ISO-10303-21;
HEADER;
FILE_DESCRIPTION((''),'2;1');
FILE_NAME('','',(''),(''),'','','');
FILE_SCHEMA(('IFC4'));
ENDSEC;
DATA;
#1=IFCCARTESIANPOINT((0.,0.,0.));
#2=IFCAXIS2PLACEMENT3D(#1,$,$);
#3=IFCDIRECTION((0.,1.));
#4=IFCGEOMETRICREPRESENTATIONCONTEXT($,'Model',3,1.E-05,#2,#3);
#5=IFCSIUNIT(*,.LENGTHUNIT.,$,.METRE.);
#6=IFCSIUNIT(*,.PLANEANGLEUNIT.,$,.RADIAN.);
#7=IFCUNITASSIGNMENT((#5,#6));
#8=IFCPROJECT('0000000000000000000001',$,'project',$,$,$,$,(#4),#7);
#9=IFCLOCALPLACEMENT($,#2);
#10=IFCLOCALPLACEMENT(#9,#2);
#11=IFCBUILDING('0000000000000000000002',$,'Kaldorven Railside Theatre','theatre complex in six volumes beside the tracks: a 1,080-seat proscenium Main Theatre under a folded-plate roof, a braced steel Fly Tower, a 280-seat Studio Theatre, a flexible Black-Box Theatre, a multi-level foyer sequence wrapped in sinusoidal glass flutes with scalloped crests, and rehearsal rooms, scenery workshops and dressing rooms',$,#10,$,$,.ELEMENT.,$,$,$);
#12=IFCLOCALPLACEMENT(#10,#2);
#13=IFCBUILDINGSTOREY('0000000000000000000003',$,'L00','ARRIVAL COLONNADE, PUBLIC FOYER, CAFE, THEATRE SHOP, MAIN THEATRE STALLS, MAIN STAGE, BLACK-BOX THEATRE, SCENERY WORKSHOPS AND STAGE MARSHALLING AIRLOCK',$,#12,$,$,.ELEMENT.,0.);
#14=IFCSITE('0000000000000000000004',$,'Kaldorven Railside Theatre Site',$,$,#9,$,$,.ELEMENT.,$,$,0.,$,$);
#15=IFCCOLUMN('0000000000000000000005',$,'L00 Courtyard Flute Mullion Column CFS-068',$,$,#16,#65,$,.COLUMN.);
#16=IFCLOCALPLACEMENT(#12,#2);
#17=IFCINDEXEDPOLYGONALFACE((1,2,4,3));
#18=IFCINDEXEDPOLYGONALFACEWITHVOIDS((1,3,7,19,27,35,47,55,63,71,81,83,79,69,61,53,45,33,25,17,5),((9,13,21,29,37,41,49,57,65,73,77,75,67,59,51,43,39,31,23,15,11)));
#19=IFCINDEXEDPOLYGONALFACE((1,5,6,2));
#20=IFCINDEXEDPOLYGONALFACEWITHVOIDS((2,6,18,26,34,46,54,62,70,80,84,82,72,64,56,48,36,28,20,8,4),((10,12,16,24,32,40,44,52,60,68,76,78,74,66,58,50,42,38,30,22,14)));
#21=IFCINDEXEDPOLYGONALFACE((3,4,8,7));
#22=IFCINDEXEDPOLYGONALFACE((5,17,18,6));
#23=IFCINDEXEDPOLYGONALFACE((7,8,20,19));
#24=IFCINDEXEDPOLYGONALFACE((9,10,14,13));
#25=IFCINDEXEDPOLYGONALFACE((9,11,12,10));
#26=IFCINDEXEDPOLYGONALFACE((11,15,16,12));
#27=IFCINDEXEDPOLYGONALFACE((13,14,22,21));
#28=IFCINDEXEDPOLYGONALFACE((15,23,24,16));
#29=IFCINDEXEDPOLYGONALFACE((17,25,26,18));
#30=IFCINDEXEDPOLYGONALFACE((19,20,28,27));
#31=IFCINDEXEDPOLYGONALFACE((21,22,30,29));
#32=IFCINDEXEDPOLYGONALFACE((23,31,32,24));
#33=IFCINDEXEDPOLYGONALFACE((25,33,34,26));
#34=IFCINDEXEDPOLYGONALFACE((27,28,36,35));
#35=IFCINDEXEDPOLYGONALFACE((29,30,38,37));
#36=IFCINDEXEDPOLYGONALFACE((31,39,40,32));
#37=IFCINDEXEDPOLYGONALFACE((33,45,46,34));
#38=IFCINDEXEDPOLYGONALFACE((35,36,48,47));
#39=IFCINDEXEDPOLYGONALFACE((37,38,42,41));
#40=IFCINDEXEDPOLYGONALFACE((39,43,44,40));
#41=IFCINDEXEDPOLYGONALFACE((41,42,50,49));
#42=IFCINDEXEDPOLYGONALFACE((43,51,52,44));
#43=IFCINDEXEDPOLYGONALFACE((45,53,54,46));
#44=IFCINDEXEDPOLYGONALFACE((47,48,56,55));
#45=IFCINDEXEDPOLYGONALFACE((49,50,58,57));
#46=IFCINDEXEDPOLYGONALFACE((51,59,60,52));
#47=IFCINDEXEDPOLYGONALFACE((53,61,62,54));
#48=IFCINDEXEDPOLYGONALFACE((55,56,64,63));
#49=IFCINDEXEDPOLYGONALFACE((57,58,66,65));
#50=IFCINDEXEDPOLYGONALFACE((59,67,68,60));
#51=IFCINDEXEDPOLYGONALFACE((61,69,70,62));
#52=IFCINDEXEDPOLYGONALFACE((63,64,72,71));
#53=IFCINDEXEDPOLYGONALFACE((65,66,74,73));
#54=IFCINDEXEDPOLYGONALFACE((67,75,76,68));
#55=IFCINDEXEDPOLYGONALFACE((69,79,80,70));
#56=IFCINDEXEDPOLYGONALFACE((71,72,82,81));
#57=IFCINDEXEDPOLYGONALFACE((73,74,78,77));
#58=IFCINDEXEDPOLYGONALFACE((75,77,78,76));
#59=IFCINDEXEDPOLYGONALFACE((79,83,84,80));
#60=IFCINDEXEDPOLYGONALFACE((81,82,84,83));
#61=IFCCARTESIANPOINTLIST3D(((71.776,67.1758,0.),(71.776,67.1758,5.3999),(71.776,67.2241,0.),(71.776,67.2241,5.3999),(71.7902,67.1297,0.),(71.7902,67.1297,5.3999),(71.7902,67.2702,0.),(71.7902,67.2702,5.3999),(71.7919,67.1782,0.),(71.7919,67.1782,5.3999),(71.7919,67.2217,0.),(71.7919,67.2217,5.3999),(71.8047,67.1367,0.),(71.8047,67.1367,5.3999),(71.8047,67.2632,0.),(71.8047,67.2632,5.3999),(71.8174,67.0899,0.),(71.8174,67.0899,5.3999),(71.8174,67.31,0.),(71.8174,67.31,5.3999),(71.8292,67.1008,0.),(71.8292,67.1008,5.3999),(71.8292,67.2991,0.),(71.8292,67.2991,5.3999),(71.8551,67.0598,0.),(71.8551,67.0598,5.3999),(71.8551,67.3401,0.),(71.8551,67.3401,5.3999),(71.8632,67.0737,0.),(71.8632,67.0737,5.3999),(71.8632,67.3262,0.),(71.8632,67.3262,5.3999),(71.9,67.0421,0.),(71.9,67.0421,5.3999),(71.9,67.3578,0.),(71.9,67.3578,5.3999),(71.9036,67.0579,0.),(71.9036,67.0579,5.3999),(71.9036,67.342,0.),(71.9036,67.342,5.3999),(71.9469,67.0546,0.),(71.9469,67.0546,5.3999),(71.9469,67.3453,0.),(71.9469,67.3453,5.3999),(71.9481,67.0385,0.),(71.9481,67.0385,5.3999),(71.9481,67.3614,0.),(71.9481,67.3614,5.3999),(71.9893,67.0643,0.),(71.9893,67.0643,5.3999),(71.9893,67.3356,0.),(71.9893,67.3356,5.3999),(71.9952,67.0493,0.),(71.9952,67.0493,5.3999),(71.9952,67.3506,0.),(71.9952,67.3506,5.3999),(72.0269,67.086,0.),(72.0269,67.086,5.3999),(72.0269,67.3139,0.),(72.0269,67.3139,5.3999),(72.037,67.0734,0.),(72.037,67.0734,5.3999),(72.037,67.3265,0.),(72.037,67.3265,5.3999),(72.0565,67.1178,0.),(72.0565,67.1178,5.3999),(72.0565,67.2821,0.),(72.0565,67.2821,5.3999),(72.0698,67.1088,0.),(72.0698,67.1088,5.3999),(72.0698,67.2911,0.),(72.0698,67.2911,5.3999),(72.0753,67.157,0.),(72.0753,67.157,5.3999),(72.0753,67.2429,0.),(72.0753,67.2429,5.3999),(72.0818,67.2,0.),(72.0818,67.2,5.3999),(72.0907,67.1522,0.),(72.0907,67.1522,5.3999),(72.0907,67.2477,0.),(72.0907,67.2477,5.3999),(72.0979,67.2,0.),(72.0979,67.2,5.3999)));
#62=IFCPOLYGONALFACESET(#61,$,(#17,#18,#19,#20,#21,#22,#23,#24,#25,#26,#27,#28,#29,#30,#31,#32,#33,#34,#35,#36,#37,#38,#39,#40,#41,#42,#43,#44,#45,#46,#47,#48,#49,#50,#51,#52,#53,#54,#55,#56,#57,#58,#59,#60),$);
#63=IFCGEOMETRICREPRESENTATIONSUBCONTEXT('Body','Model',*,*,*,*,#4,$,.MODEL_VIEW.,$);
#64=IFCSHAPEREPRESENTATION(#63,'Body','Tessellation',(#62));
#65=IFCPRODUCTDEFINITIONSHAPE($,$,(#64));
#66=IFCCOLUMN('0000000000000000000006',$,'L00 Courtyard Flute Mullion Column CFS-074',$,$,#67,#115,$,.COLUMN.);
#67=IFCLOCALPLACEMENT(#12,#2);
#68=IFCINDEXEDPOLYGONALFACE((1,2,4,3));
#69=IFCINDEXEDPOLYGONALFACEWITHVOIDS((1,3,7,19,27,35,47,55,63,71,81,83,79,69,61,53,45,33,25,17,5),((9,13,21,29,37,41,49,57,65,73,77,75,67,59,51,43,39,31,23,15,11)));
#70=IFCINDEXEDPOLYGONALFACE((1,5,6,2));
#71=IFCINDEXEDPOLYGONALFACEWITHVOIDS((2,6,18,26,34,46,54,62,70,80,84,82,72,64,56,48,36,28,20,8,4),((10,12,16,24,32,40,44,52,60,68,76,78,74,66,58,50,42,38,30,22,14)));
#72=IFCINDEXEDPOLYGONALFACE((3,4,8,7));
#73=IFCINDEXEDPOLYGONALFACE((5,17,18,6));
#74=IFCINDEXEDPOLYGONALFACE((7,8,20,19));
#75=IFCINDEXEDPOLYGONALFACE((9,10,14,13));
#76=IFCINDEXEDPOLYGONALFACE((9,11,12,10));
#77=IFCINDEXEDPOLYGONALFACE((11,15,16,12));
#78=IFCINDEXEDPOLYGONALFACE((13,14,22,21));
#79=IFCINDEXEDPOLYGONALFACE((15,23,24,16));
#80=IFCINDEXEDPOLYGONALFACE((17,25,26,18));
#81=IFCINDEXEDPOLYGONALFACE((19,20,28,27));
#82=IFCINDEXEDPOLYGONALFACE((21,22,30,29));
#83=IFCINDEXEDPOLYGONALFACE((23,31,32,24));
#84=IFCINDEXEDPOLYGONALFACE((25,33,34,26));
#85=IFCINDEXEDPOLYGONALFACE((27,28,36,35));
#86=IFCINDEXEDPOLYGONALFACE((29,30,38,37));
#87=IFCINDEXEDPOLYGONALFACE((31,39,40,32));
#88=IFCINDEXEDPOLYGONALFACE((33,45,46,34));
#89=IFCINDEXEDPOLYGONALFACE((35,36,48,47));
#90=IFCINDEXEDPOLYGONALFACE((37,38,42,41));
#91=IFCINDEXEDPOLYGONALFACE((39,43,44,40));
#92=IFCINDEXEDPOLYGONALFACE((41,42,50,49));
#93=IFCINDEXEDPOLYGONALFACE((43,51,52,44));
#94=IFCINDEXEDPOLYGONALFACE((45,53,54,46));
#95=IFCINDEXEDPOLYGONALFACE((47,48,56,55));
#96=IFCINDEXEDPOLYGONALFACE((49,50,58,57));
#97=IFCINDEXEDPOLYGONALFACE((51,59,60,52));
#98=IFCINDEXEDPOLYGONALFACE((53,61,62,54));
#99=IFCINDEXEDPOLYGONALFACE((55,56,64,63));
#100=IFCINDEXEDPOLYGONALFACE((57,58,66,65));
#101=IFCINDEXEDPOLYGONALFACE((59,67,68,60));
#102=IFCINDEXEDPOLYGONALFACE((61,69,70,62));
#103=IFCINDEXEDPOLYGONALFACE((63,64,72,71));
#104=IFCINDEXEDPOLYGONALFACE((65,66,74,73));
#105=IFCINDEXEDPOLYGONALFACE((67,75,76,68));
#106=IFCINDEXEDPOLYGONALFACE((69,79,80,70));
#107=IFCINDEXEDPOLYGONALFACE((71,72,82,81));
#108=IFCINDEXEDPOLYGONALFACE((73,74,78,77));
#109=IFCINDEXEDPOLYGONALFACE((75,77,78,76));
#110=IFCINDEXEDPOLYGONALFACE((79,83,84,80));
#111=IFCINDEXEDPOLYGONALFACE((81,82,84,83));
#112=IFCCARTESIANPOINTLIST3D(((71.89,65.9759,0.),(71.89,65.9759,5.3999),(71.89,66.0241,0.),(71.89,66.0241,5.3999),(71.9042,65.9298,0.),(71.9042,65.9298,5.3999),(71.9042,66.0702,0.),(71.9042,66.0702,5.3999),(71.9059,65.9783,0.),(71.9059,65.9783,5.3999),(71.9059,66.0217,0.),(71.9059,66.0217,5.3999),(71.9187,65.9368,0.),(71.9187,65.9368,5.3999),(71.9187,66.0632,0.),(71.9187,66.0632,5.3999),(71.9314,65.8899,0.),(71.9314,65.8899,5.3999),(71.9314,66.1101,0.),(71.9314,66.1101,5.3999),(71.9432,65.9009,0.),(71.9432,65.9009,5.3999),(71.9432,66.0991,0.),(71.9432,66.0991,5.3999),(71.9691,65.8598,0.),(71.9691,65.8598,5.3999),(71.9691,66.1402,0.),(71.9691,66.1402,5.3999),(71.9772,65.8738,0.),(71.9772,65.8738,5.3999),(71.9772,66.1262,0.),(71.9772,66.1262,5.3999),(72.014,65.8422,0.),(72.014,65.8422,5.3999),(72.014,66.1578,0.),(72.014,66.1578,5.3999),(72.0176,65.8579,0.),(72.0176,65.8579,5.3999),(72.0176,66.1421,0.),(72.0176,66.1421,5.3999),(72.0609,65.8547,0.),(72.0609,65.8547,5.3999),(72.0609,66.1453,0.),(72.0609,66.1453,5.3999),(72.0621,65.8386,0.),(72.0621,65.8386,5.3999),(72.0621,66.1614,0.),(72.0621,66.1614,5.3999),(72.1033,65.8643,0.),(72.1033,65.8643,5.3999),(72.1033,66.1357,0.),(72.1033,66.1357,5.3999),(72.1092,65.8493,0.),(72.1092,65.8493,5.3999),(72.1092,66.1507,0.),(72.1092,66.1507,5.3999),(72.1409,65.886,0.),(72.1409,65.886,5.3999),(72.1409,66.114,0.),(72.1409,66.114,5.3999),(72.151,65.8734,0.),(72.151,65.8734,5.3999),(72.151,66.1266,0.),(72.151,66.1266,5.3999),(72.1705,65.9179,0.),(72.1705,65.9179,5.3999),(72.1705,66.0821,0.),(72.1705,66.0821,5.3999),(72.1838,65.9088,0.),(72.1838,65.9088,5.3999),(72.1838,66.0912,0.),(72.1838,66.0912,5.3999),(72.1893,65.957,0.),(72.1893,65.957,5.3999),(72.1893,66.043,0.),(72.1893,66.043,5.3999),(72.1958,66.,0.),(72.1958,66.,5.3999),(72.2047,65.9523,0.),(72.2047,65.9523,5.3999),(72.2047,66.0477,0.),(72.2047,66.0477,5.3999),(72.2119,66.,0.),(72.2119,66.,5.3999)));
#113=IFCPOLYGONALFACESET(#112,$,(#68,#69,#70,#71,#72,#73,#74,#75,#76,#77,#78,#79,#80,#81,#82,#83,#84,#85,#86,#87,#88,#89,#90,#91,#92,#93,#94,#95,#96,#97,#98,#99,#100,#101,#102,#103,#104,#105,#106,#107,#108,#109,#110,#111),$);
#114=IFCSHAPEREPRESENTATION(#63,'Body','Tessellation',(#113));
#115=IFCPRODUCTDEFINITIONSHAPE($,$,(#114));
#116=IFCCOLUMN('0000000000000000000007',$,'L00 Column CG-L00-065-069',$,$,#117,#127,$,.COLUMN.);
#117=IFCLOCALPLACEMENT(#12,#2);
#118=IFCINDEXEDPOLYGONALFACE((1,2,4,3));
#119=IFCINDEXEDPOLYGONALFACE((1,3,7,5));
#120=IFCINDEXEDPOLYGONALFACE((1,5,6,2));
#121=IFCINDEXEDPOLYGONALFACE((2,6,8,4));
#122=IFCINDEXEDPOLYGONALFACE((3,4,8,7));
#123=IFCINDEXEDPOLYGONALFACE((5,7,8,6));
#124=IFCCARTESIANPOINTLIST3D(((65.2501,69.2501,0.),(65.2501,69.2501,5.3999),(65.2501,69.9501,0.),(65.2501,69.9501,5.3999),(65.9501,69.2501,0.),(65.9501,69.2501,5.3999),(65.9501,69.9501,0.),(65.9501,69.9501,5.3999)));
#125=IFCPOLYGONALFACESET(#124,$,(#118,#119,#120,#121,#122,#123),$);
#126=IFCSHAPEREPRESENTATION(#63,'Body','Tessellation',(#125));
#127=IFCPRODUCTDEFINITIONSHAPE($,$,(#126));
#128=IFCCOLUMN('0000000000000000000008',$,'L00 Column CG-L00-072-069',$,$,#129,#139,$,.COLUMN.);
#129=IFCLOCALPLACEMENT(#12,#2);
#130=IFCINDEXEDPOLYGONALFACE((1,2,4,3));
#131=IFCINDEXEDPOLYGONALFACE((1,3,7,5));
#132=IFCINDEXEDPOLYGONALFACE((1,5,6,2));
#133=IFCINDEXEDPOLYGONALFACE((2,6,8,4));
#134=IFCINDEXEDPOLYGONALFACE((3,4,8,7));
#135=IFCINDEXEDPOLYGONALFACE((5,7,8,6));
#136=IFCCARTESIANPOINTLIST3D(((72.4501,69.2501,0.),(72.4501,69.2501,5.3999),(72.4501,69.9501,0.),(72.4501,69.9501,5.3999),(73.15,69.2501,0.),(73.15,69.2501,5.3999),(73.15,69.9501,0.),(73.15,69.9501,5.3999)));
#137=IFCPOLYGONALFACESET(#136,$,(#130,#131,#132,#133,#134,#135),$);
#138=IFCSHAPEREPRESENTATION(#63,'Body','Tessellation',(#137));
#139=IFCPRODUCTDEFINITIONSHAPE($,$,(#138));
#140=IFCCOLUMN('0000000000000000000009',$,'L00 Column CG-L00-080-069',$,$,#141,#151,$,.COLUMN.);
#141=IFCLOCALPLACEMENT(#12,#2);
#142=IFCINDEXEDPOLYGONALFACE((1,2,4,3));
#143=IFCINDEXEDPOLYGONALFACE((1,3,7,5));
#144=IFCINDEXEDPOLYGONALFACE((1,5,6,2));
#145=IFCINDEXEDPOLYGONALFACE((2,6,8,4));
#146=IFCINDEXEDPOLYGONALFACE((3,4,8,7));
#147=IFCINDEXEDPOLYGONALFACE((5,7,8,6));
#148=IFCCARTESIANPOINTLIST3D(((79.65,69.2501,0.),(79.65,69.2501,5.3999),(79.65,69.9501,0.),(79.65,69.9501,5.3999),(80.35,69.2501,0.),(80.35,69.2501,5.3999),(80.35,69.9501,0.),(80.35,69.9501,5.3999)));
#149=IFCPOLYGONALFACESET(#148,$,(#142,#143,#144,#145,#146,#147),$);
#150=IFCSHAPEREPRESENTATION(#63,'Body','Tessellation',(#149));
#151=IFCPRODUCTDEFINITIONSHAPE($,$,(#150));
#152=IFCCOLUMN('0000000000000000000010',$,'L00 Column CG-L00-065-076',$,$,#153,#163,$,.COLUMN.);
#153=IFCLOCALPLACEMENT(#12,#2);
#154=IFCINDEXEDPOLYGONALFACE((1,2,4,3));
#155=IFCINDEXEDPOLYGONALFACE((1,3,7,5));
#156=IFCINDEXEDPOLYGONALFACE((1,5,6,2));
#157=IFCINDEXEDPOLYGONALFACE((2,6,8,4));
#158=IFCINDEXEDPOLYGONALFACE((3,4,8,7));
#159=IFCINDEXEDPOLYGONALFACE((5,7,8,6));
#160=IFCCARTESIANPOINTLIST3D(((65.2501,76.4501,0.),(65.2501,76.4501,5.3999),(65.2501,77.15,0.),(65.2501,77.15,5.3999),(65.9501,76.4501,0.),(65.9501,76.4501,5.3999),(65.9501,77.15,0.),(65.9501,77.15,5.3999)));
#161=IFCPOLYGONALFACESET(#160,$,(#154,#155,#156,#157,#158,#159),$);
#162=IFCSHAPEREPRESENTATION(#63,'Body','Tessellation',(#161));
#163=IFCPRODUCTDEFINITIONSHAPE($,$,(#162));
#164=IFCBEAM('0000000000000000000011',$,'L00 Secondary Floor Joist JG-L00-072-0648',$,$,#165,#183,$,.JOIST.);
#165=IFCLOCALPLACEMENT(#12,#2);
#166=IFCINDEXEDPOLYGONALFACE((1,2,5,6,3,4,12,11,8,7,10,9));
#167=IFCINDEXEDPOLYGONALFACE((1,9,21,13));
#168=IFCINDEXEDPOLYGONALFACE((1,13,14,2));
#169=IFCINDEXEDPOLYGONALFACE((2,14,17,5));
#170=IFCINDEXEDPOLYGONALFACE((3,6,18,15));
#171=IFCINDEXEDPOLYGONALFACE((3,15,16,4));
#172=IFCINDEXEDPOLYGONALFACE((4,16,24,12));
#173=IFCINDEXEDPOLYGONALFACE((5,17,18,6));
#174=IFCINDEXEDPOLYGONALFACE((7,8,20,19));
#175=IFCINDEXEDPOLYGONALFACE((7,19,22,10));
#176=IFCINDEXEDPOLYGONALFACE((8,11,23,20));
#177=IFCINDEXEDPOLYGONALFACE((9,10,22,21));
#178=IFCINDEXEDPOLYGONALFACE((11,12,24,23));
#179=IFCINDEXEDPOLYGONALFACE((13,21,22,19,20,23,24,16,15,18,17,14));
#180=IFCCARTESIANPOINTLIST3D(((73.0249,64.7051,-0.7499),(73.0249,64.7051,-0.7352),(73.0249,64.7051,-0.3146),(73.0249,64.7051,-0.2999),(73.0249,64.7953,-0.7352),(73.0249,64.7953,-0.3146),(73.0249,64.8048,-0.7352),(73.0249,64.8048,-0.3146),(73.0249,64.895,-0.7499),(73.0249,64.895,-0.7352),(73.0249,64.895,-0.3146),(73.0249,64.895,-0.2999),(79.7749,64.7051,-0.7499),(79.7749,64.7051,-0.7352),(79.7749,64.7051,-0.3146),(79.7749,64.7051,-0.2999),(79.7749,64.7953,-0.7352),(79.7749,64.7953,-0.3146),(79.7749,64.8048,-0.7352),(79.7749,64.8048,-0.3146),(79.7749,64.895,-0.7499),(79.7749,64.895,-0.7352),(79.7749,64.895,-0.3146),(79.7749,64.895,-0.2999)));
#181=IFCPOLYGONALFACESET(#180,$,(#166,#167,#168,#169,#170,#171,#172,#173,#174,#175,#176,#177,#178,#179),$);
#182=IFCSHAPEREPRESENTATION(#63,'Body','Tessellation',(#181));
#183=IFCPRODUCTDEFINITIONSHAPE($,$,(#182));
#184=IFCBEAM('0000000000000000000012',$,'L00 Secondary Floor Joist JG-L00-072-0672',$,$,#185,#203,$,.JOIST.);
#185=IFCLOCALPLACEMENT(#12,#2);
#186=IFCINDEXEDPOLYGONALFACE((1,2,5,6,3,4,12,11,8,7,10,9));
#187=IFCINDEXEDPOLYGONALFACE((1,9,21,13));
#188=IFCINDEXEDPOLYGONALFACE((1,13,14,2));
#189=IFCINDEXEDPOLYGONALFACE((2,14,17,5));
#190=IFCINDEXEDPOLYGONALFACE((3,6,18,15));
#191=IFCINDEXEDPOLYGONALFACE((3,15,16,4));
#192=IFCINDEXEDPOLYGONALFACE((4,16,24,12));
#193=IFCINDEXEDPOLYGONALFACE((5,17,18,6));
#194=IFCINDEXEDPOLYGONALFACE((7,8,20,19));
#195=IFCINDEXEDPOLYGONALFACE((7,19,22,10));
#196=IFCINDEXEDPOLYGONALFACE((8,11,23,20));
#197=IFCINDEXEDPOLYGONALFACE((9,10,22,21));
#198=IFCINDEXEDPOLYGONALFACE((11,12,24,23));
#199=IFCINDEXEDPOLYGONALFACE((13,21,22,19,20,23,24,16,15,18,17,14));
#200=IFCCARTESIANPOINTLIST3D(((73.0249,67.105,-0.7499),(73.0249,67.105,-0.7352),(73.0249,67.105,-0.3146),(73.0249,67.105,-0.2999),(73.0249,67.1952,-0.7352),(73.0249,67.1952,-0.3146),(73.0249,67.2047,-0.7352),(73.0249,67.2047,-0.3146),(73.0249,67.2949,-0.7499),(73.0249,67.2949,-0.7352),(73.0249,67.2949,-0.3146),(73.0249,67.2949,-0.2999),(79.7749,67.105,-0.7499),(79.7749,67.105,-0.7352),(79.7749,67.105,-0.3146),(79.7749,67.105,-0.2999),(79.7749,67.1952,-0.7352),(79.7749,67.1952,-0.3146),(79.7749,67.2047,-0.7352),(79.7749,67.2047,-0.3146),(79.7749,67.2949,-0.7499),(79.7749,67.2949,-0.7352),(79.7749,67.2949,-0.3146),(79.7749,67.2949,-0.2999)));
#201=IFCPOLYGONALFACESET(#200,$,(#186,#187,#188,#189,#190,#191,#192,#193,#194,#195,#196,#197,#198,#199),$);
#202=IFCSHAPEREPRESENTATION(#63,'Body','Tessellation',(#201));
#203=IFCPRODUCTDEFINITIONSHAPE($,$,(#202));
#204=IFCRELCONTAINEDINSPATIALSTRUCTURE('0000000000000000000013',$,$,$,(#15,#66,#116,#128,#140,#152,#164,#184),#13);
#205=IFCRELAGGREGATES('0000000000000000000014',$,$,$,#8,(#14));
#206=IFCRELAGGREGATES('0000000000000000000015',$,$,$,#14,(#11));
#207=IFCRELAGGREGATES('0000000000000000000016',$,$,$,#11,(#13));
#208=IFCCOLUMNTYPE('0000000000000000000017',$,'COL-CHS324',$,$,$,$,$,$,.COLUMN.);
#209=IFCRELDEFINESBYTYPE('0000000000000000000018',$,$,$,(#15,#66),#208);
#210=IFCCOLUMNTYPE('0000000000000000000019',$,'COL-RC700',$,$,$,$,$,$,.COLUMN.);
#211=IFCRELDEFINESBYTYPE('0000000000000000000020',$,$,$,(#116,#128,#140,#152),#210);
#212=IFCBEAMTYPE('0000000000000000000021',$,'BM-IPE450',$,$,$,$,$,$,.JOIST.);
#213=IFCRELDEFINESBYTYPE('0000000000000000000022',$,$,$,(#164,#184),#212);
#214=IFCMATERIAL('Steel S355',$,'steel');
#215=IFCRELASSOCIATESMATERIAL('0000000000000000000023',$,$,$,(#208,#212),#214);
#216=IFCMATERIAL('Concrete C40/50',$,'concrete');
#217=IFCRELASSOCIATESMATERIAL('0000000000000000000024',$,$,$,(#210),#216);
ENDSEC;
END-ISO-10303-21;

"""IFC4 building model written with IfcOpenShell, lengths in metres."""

from ifc_helpers import new_model, si_unit, direction, frame, origin, origin_2d, place, context, subcontext, project, spatial, rectangle, hollow_circle, i_section, extrude, material, material_profile, profile_set, type_object, element, save


model = new_model("IFC4")

# Units and contexts
model_context = context("Model", 3, precision=1e-05, world=origin(), true_north=direction((0.0, 1.0)))
body_context = subcontext(model_context, "Body", "Model", "MODEL_VIEW")
ifc_project = project(units=[si_unit("LENGTHUNIT", "METRE"), si_unit("PLANEANGLEUNIT", "RADIAN")], contexts=[model_context])

# Site, building, storey
site_placement = place(None, origin())
site = spatial("IfcSite", under=ifc_project, at=site_placement, Name="Kaldorven Railside Theatre Site", CompositionType="ELEMENT", RefElevation=0.0)
building_placement = place(site_placement, origin())
building = spatial("IfcBuilding", under=site, at=building_placement, Name="Kaldorven Railside Theatre", Description="theatre complex in six volumes beside the tracks: a 1,080-seat proscenium Main Theatre under a folded-plate roof, a braced steel Fly Tower, a 280-seat Studio Theatre, a flexible Black-Box Theatre, a multi-level foyer sequence wrapped in sinusoidal glass flutes with scalloped crests, and rehearsal rooms, scenery workshops and dressing rooms", CompositionType="ELEMENT")
storey_placement = place(building_placement, origin())
storey = spatial("IfcBuildingStorey", under=building, at=storey_placement, Name="L00", Description="ARRIVAL COLONNADE, PUBLIC FOYER, CAFE, THEATRE SHOP, MAIN THEATRE STALLS, MAIN STAGE, BLACK-BOX THEATRE, SCENERY WORKSHOPS AND STAGE MARSHALLING AIRLOCK", CompositionType="ELEMENT", Elevation=0.0)

# Columns
ifc_material_1 = material(Name="Steel S355", Category="steel")
ifc_material_profile_1 = material_profile(ifc_material_1, hollow_circle(Radius=0.1619, WallThickness=0.0161, at=origin_2d()), Name="CHS 323.9x16")
ifc_profile_set_1 = profile_set([ifc_material_profile_1], Name="Steel S355")
column_type_1 = type_object("IfcColumnType", Name="COL-CHS324", PredefinedType="COLUMN", material=ifc_profile_set_1)
for number, where, z_axis, x_axis, name in (
    (1, (71.936, 67.2, 0.0), (0.0, 0.0, 1.0), (1.0, 0.0, 0.0), "L00 Courtyard Flute Mullion Column CFS-068"),
    (2, (72.05, 66.0, 0.0), (0.0, 0.0, 1.0), (1.0, 0.0, 0.0), "L00 Courtyard Flute Mullion Column CFS-074"),
):
    element("IfcColumn", number, at=place(storey_placement, frame(where, z_axis=z_axis, x_axis=x_axis)), inside=storey, type_object=column_type_1, Name=name, PredefinedType="COLUMN", context=body_context, shape_type="SweptSolid", body=[
        extrude(hollow_circle(Radius=0.1619, WallThickness=0.0161, at=origin_2d()), origin(), (0.0, 0.0, 1.0), 5.3999),
    ])
ifc_material_2 = material(Name="Concrete C40/50", Category="concrete")
ifc_material_profile_2 = material_profile(ifc_material_2, rectangle(XDim=0.7, YDim=0.7, at=origin_2d()), Name="RC 700x700")
ifc_profile_set_2 = profile_set([ifc_material_profile_2], Name="Concrete C40/50")
column_type_2 = type_object("IfcColumnType", Name="COL-RC700", PredefinedType="COLUMN", material=ifc_profile_set_2)
for number, where, z_axis, x_axis, name in (
    (3, (65.6001, 69.6001, 0.0), (0.0, 0.0, 1.0), (0.0, 1.0, 0.0), "L00 Column CG-L00-065-069"),
    (4, (72.8, 69.6001, 0.0), (0.0, 0.0, 1.0), (1.0, 0.0, 0.0), "L00 Column CG-L00-072-069"),
    (5, (80.0, 69.6001, 0.0), (0.0, 0.0, 1.0), (0.0, 1.0, 0.0), "L00 Column CG-L00-080-069"),
    (6, (65.6001, 76.8, 0.0), (0.0, 0.0, 1.0), (1.0, 0.0, 0.0), "L00 Column CG-L00-065-076"),
):
    element("IfcColumn", number, at=place(storey_placement, frame(where, z_axis=z_axis, x_axis=x_axis)), inside=storey, type_object=column_type_2, Name=name, PredefinedType="COLUMN", context=body_context, shape_type="SweptSolid", body=[
        extrude(rectangle(XDim=0.7, YDim=0.7, at=origin_2d()), origin(), (0.0, 0.0, 1.0), 5.3999),
    ])

# Beams
ifc_material_profile_3 = material_profile(ifc_material_1, i_section(OverallWidth=0.1899, OverallDepth=0.45, WebThickness=0.0095, FlangeThickness=0.0146, at=origin_2d()), Name="IPE 450")
ifc_profile_set_3 = profile_set([ifc_material_profile_3], Name="Steel S355")
beam_type_1 = type_object("IfcBeamType", Name="BM-IPE450", PredefinedType="JOIST", material=ifc_profile_set_3)
for number, where, z_axis, x_axis, name in (
    (7, (73.0249, 64.8, -0.5249), (1.0, 0.0, 0.0), (0.0, 1.0, 0.0), "L00 Secondary Floor Joist JG-L00-072-0648"),
    (8, (73.0249, 67.2, -0.5249), (1.0, 0.0, 0.0), (0.0, 1.0, 0.0), "L00 Secondary Floor Joist JG-L00-072-0672"),
):
    element("IfcBeam", number, at=place(storey_placement, frame(where, z_axis=z_axis, x_axis=x_axis)), inside=storey, type_object=beam_type_1, Name=name, PredefinedType="JOIST", context=body_context, shape_type="SweptSolid", body=[
        extrude(i_section(OverallWidth=0.1899, OverallDepth=0.45, WebThickness=0.0095, FlangeThickness=0.0146, at=origin_2d()), origin(), (0.0, 0.0, 1.0), 6.75),
    ])

save(model, "model.ifc")
